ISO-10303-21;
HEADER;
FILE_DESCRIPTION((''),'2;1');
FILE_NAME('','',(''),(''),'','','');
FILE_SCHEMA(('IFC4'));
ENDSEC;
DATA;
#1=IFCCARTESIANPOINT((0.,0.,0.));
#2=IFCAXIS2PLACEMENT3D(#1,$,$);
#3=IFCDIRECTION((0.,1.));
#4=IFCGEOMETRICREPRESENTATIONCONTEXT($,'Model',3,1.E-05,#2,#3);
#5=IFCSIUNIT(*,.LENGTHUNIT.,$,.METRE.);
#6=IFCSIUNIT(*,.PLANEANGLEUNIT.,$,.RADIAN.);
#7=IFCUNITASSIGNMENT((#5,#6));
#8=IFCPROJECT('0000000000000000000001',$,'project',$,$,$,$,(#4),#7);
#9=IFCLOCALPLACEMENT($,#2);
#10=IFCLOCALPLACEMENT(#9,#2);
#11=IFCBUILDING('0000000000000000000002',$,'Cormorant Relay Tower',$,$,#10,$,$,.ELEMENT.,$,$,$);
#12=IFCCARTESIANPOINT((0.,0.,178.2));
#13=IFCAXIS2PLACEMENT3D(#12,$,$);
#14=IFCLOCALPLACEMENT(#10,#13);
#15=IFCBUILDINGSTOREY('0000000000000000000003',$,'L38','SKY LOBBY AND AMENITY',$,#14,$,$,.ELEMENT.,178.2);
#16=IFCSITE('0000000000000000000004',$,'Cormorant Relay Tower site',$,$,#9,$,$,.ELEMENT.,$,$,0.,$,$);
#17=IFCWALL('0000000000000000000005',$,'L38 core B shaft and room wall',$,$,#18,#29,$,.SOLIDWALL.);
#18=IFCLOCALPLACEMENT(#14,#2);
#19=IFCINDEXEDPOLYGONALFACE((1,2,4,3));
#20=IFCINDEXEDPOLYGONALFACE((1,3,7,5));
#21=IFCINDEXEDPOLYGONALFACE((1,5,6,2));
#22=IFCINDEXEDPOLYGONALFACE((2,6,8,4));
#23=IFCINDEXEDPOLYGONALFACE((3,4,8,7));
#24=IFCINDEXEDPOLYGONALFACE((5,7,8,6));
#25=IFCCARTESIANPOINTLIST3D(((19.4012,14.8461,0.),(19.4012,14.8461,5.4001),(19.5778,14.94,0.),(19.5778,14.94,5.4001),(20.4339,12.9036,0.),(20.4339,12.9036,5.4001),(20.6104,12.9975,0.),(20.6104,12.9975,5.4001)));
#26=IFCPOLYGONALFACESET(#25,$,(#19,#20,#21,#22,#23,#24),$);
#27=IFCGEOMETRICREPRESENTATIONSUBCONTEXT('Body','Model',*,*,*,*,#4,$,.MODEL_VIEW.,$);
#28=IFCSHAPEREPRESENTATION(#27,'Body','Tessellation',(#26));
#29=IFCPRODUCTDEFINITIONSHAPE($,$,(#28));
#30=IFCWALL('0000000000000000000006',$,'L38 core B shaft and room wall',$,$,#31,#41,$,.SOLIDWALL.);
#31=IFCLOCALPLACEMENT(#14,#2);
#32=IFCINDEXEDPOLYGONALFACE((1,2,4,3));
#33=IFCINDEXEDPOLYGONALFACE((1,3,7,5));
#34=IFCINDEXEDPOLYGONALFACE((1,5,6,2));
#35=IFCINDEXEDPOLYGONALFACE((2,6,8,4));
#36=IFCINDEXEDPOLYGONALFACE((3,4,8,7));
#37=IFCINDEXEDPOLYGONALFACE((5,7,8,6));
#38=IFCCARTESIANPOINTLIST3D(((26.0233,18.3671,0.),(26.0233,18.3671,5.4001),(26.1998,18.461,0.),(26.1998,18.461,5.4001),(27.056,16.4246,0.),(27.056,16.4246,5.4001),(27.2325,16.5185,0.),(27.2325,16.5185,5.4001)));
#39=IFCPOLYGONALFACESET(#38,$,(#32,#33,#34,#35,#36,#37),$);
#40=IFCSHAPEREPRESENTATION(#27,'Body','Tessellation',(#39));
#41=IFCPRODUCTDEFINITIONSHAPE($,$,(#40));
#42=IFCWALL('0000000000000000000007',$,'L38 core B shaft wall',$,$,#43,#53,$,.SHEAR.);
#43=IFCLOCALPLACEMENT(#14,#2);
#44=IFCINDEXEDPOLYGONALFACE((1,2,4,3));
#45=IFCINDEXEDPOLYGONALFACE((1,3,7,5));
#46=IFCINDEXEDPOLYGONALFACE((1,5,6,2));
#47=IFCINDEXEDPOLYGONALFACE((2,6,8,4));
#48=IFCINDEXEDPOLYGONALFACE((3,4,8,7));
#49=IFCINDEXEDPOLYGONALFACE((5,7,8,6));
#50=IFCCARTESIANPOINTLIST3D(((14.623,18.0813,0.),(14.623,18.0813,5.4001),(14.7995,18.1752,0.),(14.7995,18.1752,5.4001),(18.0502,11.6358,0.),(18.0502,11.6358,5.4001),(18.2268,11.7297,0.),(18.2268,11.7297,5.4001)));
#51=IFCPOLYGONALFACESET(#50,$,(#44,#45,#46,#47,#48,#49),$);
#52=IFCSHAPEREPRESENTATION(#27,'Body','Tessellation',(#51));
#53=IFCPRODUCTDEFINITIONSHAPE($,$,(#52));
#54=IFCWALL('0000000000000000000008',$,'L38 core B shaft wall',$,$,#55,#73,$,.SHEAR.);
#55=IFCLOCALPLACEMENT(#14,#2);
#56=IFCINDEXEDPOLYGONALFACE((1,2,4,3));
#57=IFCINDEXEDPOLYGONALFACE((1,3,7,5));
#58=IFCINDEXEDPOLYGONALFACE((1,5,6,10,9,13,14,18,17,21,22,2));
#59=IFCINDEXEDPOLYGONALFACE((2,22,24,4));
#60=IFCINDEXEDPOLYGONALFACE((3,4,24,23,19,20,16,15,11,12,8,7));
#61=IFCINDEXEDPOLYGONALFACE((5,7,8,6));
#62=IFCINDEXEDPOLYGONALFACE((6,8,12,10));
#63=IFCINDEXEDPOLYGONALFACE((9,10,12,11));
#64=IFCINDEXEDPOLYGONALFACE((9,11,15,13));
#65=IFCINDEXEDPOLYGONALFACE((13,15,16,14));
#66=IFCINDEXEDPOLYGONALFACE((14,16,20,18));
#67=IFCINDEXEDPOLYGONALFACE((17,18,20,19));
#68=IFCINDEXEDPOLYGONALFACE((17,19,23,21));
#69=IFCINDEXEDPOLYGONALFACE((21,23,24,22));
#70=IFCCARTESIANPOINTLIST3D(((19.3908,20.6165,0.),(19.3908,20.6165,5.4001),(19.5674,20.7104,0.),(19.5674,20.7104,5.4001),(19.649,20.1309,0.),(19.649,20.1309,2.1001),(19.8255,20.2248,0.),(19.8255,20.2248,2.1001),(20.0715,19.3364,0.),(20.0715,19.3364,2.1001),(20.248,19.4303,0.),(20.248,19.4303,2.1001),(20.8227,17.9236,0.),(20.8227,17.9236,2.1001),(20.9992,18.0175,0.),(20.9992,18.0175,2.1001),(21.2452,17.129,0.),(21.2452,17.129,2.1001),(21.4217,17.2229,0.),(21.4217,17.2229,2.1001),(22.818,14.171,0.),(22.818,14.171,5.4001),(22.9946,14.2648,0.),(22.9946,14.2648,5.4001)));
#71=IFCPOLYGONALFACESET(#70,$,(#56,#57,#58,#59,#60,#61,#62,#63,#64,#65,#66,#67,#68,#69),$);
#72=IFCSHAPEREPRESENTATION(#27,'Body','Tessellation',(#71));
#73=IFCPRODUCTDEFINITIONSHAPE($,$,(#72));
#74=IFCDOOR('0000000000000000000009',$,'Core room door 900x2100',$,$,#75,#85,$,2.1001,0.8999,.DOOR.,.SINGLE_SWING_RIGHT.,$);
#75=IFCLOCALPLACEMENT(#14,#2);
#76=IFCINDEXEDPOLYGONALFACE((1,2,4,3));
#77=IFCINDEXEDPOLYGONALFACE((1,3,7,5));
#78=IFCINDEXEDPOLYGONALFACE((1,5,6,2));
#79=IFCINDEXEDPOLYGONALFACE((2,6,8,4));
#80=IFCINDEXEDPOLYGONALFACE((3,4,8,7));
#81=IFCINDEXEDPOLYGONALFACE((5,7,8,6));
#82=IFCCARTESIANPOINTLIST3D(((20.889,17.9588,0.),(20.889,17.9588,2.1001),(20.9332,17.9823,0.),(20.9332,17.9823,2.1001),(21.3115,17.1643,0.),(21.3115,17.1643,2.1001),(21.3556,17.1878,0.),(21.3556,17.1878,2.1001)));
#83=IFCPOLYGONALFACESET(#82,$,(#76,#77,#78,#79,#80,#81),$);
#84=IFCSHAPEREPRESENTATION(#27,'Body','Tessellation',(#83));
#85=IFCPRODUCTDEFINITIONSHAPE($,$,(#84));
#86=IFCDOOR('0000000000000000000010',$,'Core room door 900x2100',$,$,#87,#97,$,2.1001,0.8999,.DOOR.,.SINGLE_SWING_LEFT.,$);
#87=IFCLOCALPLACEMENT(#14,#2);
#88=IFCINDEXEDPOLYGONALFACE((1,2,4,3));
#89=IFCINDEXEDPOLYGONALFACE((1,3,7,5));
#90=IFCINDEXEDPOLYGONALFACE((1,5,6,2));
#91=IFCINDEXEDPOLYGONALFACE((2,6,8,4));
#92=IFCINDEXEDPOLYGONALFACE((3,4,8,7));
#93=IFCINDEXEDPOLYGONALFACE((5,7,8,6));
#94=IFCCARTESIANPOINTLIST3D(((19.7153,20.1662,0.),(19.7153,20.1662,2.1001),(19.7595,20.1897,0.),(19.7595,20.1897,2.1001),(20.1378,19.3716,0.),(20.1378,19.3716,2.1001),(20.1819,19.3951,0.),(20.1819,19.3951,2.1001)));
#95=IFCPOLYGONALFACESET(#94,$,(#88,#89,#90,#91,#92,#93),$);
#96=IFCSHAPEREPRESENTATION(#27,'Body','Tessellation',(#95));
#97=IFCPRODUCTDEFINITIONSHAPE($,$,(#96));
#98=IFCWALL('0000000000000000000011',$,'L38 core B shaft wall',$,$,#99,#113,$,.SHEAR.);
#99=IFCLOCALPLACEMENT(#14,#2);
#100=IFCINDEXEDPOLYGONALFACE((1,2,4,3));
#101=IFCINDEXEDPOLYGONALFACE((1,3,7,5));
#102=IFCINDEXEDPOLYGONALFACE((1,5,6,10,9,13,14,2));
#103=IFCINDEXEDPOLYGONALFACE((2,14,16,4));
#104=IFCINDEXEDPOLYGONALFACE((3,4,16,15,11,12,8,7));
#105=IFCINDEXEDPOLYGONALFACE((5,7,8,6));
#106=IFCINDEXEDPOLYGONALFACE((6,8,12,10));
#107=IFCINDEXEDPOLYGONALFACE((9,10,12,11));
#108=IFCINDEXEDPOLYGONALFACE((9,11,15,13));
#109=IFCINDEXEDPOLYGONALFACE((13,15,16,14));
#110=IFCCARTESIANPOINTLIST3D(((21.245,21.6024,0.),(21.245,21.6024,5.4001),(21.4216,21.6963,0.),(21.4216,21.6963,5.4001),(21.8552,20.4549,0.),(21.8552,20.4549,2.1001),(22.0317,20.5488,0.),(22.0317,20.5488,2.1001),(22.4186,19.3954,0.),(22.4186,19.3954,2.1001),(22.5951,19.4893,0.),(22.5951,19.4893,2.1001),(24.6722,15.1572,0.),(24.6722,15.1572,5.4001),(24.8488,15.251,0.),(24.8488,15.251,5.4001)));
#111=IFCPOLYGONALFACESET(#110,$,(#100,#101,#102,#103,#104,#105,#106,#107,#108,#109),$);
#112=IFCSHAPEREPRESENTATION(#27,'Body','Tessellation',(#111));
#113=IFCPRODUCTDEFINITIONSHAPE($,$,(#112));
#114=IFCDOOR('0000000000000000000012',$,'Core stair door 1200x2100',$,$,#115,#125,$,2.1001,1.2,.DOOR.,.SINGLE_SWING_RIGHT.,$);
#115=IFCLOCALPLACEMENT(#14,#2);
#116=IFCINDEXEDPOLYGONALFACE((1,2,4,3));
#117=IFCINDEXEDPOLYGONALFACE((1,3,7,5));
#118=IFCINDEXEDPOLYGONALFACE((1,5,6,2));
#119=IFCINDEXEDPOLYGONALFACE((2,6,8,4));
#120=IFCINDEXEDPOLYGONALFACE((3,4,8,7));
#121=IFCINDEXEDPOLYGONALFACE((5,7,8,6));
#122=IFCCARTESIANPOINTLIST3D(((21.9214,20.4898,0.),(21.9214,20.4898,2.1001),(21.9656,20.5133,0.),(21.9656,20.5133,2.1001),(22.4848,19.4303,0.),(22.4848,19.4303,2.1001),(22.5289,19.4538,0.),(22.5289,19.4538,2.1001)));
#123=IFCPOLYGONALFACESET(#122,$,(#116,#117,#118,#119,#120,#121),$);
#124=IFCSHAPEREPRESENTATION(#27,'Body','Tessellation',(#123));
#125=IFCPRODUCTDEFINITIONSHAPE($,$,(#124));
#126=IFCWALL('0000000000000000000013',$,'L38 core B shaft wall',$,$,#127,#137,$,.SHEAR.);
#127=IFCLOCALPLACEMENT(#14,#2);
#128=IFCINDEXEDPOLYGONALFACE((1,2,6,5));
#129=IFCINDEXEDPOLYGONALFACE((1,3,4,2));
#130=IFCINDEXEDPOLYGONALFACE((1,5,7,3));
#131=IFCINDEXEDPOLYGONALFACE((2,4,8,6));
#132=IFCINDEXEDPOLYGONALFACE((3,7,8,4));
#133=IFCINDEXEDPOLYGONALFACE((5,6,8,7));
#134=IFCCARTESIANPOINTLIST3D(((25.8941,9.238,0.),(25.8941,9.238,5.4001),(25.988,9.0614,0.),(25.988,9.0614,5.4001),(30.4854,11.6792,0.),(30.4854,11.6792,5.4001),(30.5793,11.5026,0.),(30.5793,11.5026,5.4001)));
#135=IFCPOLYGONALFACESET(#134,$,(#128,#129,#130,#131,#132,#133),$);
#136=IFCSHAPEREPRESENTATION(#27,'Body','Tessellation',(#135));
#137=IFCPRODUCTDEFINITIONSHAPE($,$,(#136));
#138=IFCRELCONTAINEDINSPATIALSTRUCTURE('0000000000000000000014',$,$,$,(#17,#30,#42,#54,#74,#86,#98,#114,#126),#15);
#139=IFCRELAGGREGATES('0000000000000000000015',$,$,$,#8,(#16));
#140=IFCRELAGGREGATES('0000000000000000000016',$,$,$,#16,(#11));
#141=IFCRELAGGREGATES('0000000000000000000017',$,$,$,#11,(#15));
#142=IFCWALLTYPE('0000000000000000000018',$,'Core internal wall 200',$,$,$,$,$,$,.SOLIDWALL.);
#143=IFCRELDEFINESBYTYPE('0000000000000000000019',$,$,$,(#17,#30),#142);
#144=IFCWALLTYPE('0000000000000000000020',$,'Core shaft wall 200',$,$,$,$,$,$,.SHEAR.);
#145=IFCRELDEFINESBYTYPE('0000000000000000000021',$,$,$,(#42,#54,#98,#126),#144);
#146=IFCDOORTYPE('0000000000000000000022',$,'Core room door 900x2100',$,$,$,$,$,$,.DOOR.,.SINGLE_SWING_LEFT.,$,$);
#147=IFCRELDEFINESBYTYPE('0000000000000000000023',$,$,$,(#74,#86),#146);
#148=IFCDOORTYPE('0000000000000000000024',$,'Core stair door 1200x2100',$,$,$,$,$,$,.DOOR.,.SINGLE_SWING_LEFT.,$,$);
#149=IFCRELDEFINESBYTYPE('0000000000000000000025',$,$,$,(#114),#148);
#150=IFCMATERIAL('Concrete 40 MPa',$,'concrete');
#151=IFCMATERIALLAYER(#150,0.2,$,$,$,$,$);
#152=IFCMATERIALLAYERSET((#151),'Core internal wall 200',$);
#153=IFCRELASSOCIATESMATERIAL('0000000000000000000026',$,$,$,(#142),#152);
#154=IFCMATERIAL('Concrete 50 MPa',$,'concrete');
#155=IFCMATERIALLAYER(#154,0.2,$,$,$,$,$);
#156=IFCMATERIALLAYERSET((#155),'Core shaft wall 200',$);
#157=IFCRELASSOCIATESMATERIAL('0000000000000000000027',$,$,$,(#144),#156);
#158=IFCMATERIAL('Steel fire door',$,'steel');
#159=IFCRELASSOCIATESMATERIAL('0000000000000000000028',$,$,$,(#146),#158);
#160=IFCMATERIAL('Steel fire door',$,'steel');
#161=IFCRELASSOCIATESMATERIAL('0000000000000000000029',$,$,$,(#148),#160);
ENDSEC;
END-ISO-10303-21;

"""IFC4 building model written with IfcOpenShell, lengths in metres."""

from ifc_helpers import new_model, si_unit, direction, frame, frame_2d, origin, place, context, subcontext, project, spatial, rectangle, extrude, material, layer, layer_set, type_object, element, fill, save


model = new_model("IFC4")

# Units and contexts
model_context = context("Model", 3, precision=1e-05, world=origin(), true_north=direction((0.0, 1.0)))
body_context = subcontext(model_context, "Body", "Model", "MODEL_VIEW")
ifc_project = project(units=[si_unit("LENGTHUNIT", "METRE"), si_unit("PLANEANGLEUNIT", "RADIAN")], contexts=[model_context])

# Site, building, storey
site_placement = place(None, origin())
site = spatial("IfcSite", under=ifc_project, at=site_placement, Name="Cormorant Relay Tower site", CompositionType="ELEMENT", RefElevation=0.0)
building_placement = place(site_placement, origin())
building = spatial("IfcBuilding", under=site, at=building_placement, Name="Cormorant Relay Tower", CompositionType="ELEMENT")
storey_placement = place(building_placement, frame((0.0, 0.0, 178.2)))
storey = spatial("IfcBuildingStorey", under=building, at=storey_placement, Name="L38", Description="SKY LOBBY AND AMENITY", CompositionType="ELEMENT", Elevation=178.2)

# Walls
ifc_material_1 = material(Name="Concrete 40 MPa", Category="concrete")
ifc_layer_1 = layer(ifc_material_1, 0.2)
ifc_layer_set_1 = layer_set([ifc_layer_1], Name="Core internal wall 200")
wall_type_1 = type_object("IfcWallType", Name="Core internal wall 200", PredefinedType="SOLIDWALL", material=ifc_layer_set_1)
for number, where, z_axis, x_axis, name in (
    (1, (20.5222, 12.9504, 0.0), (0.0, 0.0, 1.0), (-0.469401, 0.882985, 0.0), "L38 core B shaft and room wall"),
    (2, (27.1443, 16.4714, 0.0), (0.0, 0.0, 1.0), (-0.469401, 0.882985, 0.0), "L38 core B shaft and room wall"),
):
    element("IfcWall", number, at=place(storey_placement, frame(where, z_axis=z_axis, x_axis=x_axis)), inside=storey, type_object=wall_type_1, Name=name, PredefinedType="SOLIDWALL", context=body_context, shape_type="SweptSolid", body=[
        extrude(rectangle(XDim=2.2, YDim=0.2, at=frame_2d((1.1001, 0.0))), origin(), (0.0, 0.0, 1.0), 5.4001),
    ])
ifc_material_2 = material(Name="Concrete 50 MPa", Category="concrete")
ifc_layer_2 = layer(ifc_material_2, 0.2)
ifc_layer_set_2 = layer_set([ifc_layer_2], Name="Core shaft wall 200")
wall_type_2 = type_object("IfcWallType", Name="Core shaft wall 200", PredefinedType="SHEAR", material=ifc_layer_set_2)
wall_1_placement = place(storey_placement, frame((18.1384, 11.6829, 0.0), z_axis=(0.0, 0.0, 1.0), x_axis=(-0.46948, 0.882943, 0.0)))
element("IfcWall", 3, at=wall_1_placement, inside=storey, type_object=wall_type_2, Name="L38 core B shaft wall", PredefinedType="SHEAR", context=body_context, shape_type="SweptSolid", body=[
    extrude(rectangle(XDim=7.3, YDim=0.2, at=frame_2d((3.6499, 0.0))), origin(), (0.0, 0.0, 1.0), 5.4001),
])

# Wall, openings, doors
wall_2_placement = place(storey_placement, frame((22.9062, 14.218, 0.0), z_axis=(0.0, 0.0, 1.0), x_axis=(-0.46948, 0.882943, 0.0)))
wall_2 = element("IfcWall", 4, at=wall_2_placement, inside=storey, type_object=wall_type_2, Name="L38 core B shaft wall", PredefinedType="SHEAR", context=body_context, shape_type="SweptSolid", body=[
    extrude(rectangle(XDim=7.3, YDim=0.2, at=frame_2d((3.6499, 0.0))), origin(), (0.0, 0.0, 1.0), 5.4001),
])
opening_1_placement = place(wall_2_placement, frame((3.3501, 0.0, 0.0)))
opening_1 = element("IfcOpeningElement", 5, at=opening_1_placement, cuts=wall_2, PredefinedType="OPENING", context=body_context, shape_type="SweptSolid", body=[
    extrude(rectangle(XDim=0.8999, YDim=2.1001, at=frame_2d((0.45, 1.05))), frame((0.0, 0.1099, 0.0), z_axis=(0.0, -1.0, 0.0), x_axis=(1.0, 0.0, 0.0)), (0.0, 0.0, 1.0), 0.22),
])
opening_2_placement = place(wall_2_placement, frame((5.8501, 0.0, 0.0)))
opening_2 = element("IfcOpeningElement", 6, at=opening_2_placement, cuts=wall_2, PredefinedType="OPENING", context=body_context, shape_type="SweptSolid", body=[
    extrude(rectangle(XDim=0.8999, YDim=2.1001, at=frame_2d((0.45, 1.05))), frame((0.0, 0.1099, 0.0), z_axis=(0.0, -1.0, 0.0), x_axis=(1.0, 0.0, 0.0)), (0.0, 0.0, 1.0), 0.22),
])
ifc_material_3 = material(Name="Steel fire door", Category="steel")
door_type_1 = type_object("IfcDoorType", Name="Core room door 900x2100", OperationType="SINGLE_SWING_LEFT", PredefinedType="DOOR", material=ifc_material_3)
door_1_placement = place(opening_1_placement, origin())
door_1 = element("IfcDoor", 7, at=door_1_placement, inside=storey, type_object=door_type_1, Name="Core room door 900x2100", OperationType="SINGLE_SWING_RIGHT", OverallHeight=2.1001, OverallWidth=0.8999, PredefinedType="DOOR", context=body_context, shape_type="SweptSolid", body=[
    extrude(rectangle(XDim=0.8999, YDim=2.1001, at=frame_2d((0.45, 1.05))), frame((0.0, 0.0249, 0.0), z_axis=(0.0, -1.0, 0.0), x_axis=(1.0, 0.0, 0.0)), (0.0, 0.0, 1.0), 0.05),
])
fill(opening_1, door_1)
door_2_placement = place(opening_2_placement, origin())
door_2 = element("IfcDoor", 8, at=door_2_placement, inside=storey, type_object=door_type_1, Name="Core room door 900x2100", OperationType="SINGLE_SWING_LEFT", OverallHeight=2.1001, OverallWidth=0.8999, PredefinedType="DOOR", context=body_context, shape_type="SweptSolid", body=[
    extrude(rectangle(XDim=0.8999, YDim=2.1001, at=frame_2d((0.45, 1.05))), frame((0.0, 0.0249, 0.0), z_axis=(0.0, -1.0, 0.0), x_axis=(1.0, 0.0, 0.0)), (0.0, 0.0, 1.0), 0.05),
])
fill(opening_2, door_2)

# Wall, opening, door
wall_3_placement = place(storey_placement, frame((24.7605, 15.2041, 0.0), z_axis=(0.0, 0.0, 1.0), x_axis=(-0.469494, 0.882936, 0.0)))
wall_3 = element("IfcWall", 9, at=wall_3_placement, inside=storey, type_object=wall_type_2, Name="L38 core B shaft wall", PredefinedType="SHEAR", context=body_context, shape_type="SweptSolid", body=[
    extrude(rectangle(XDim=7.2998, YDim=0.2, at=frame_2d((3.6499, 0.0))), origin(), (0.0, 0.0, 1.0), 5.4001),
])
opening_3_placement = place(wall_3_placement, frame((4.8, 0.0, 0.0)))
opening_3 = element("IfcOpeningElement", 10, at=opening_3_placement, cuts=wall_3, PredefinedType="OPENING", context=body_context, shape_type="SweptSolid", body=[
    extrude(rectangle(XDim=1.2, YDim=2.1001, at=frame_2d((0.6001, 1.05))), frame((0.0, 0.1099, 0.0), z_axis=(0.0, -1.0, 0.0), x_axis=(1.0, 0.0, 0.0)), (0.0, 0.0, 1.0), 0.22),
])
ifc_material_4 = material(Name="Steel fire door", Category="steel")
door_type_2 = type_object("IfcDoorType", Name="Core stair door 1200x2100", OperationType="SINGLE_SWING_LEFT", PredefinedType="DOOR", material=ifc_material_4)
door_3_placement = place(opening_3_placement, frame((1.2, 0.0, 0.0), z_axis=(0.0, 0.0, 1.0), x_axis=(-1.0, 0.0, 0.0)))
door_3 = element("IfcDoor", 11, at=door_3_placement, inside=storey, type_object=door_type_2, Name="Core stair door 1200x2100", OperationType="SINGLE_SWING_RIGHT", OverallHeight=2.1001, OverallWidth=1.2, PredefinedType="DOOR", context=body_context, shape_type="SweptSolid", body=[
    extrude(rectangle(XDim=1.2, YDim=2.1001, at=frame_2d((0.6001, 1.05))), frame((0.0, 0.0249, 0.0), z_axis=(0.0, -1.0, 0.0), x_axis=(1.0, 0.0, 0.0)), (0.0, 0.0, 1.0), 0.05),
])
fill(opening_3, door_3)

# Wall
wall_4_placement = place(storey_placement, frame((25.9409, 9.1497, 0.0), z_axis=(0.0, 0.0, 1.0), x_axis=(0.882954, 0.46946, 0.0)))
element("IfcWall", 12, at=wall_4_placement, inside=storey, type_object=wall_type_2, Name="L38 core B shaft wall", PredefinedType="SHEAR", context=body_context, shape_type="SweptSolid", body=[
    extrude(rectangle(XDim=5.2, YDim=0.2, at=frame_2d((2.6001, 0.0))), origin(), (0.0, 0.0, 1.0), 5.4001),
])

save(model, "model.ifc")
